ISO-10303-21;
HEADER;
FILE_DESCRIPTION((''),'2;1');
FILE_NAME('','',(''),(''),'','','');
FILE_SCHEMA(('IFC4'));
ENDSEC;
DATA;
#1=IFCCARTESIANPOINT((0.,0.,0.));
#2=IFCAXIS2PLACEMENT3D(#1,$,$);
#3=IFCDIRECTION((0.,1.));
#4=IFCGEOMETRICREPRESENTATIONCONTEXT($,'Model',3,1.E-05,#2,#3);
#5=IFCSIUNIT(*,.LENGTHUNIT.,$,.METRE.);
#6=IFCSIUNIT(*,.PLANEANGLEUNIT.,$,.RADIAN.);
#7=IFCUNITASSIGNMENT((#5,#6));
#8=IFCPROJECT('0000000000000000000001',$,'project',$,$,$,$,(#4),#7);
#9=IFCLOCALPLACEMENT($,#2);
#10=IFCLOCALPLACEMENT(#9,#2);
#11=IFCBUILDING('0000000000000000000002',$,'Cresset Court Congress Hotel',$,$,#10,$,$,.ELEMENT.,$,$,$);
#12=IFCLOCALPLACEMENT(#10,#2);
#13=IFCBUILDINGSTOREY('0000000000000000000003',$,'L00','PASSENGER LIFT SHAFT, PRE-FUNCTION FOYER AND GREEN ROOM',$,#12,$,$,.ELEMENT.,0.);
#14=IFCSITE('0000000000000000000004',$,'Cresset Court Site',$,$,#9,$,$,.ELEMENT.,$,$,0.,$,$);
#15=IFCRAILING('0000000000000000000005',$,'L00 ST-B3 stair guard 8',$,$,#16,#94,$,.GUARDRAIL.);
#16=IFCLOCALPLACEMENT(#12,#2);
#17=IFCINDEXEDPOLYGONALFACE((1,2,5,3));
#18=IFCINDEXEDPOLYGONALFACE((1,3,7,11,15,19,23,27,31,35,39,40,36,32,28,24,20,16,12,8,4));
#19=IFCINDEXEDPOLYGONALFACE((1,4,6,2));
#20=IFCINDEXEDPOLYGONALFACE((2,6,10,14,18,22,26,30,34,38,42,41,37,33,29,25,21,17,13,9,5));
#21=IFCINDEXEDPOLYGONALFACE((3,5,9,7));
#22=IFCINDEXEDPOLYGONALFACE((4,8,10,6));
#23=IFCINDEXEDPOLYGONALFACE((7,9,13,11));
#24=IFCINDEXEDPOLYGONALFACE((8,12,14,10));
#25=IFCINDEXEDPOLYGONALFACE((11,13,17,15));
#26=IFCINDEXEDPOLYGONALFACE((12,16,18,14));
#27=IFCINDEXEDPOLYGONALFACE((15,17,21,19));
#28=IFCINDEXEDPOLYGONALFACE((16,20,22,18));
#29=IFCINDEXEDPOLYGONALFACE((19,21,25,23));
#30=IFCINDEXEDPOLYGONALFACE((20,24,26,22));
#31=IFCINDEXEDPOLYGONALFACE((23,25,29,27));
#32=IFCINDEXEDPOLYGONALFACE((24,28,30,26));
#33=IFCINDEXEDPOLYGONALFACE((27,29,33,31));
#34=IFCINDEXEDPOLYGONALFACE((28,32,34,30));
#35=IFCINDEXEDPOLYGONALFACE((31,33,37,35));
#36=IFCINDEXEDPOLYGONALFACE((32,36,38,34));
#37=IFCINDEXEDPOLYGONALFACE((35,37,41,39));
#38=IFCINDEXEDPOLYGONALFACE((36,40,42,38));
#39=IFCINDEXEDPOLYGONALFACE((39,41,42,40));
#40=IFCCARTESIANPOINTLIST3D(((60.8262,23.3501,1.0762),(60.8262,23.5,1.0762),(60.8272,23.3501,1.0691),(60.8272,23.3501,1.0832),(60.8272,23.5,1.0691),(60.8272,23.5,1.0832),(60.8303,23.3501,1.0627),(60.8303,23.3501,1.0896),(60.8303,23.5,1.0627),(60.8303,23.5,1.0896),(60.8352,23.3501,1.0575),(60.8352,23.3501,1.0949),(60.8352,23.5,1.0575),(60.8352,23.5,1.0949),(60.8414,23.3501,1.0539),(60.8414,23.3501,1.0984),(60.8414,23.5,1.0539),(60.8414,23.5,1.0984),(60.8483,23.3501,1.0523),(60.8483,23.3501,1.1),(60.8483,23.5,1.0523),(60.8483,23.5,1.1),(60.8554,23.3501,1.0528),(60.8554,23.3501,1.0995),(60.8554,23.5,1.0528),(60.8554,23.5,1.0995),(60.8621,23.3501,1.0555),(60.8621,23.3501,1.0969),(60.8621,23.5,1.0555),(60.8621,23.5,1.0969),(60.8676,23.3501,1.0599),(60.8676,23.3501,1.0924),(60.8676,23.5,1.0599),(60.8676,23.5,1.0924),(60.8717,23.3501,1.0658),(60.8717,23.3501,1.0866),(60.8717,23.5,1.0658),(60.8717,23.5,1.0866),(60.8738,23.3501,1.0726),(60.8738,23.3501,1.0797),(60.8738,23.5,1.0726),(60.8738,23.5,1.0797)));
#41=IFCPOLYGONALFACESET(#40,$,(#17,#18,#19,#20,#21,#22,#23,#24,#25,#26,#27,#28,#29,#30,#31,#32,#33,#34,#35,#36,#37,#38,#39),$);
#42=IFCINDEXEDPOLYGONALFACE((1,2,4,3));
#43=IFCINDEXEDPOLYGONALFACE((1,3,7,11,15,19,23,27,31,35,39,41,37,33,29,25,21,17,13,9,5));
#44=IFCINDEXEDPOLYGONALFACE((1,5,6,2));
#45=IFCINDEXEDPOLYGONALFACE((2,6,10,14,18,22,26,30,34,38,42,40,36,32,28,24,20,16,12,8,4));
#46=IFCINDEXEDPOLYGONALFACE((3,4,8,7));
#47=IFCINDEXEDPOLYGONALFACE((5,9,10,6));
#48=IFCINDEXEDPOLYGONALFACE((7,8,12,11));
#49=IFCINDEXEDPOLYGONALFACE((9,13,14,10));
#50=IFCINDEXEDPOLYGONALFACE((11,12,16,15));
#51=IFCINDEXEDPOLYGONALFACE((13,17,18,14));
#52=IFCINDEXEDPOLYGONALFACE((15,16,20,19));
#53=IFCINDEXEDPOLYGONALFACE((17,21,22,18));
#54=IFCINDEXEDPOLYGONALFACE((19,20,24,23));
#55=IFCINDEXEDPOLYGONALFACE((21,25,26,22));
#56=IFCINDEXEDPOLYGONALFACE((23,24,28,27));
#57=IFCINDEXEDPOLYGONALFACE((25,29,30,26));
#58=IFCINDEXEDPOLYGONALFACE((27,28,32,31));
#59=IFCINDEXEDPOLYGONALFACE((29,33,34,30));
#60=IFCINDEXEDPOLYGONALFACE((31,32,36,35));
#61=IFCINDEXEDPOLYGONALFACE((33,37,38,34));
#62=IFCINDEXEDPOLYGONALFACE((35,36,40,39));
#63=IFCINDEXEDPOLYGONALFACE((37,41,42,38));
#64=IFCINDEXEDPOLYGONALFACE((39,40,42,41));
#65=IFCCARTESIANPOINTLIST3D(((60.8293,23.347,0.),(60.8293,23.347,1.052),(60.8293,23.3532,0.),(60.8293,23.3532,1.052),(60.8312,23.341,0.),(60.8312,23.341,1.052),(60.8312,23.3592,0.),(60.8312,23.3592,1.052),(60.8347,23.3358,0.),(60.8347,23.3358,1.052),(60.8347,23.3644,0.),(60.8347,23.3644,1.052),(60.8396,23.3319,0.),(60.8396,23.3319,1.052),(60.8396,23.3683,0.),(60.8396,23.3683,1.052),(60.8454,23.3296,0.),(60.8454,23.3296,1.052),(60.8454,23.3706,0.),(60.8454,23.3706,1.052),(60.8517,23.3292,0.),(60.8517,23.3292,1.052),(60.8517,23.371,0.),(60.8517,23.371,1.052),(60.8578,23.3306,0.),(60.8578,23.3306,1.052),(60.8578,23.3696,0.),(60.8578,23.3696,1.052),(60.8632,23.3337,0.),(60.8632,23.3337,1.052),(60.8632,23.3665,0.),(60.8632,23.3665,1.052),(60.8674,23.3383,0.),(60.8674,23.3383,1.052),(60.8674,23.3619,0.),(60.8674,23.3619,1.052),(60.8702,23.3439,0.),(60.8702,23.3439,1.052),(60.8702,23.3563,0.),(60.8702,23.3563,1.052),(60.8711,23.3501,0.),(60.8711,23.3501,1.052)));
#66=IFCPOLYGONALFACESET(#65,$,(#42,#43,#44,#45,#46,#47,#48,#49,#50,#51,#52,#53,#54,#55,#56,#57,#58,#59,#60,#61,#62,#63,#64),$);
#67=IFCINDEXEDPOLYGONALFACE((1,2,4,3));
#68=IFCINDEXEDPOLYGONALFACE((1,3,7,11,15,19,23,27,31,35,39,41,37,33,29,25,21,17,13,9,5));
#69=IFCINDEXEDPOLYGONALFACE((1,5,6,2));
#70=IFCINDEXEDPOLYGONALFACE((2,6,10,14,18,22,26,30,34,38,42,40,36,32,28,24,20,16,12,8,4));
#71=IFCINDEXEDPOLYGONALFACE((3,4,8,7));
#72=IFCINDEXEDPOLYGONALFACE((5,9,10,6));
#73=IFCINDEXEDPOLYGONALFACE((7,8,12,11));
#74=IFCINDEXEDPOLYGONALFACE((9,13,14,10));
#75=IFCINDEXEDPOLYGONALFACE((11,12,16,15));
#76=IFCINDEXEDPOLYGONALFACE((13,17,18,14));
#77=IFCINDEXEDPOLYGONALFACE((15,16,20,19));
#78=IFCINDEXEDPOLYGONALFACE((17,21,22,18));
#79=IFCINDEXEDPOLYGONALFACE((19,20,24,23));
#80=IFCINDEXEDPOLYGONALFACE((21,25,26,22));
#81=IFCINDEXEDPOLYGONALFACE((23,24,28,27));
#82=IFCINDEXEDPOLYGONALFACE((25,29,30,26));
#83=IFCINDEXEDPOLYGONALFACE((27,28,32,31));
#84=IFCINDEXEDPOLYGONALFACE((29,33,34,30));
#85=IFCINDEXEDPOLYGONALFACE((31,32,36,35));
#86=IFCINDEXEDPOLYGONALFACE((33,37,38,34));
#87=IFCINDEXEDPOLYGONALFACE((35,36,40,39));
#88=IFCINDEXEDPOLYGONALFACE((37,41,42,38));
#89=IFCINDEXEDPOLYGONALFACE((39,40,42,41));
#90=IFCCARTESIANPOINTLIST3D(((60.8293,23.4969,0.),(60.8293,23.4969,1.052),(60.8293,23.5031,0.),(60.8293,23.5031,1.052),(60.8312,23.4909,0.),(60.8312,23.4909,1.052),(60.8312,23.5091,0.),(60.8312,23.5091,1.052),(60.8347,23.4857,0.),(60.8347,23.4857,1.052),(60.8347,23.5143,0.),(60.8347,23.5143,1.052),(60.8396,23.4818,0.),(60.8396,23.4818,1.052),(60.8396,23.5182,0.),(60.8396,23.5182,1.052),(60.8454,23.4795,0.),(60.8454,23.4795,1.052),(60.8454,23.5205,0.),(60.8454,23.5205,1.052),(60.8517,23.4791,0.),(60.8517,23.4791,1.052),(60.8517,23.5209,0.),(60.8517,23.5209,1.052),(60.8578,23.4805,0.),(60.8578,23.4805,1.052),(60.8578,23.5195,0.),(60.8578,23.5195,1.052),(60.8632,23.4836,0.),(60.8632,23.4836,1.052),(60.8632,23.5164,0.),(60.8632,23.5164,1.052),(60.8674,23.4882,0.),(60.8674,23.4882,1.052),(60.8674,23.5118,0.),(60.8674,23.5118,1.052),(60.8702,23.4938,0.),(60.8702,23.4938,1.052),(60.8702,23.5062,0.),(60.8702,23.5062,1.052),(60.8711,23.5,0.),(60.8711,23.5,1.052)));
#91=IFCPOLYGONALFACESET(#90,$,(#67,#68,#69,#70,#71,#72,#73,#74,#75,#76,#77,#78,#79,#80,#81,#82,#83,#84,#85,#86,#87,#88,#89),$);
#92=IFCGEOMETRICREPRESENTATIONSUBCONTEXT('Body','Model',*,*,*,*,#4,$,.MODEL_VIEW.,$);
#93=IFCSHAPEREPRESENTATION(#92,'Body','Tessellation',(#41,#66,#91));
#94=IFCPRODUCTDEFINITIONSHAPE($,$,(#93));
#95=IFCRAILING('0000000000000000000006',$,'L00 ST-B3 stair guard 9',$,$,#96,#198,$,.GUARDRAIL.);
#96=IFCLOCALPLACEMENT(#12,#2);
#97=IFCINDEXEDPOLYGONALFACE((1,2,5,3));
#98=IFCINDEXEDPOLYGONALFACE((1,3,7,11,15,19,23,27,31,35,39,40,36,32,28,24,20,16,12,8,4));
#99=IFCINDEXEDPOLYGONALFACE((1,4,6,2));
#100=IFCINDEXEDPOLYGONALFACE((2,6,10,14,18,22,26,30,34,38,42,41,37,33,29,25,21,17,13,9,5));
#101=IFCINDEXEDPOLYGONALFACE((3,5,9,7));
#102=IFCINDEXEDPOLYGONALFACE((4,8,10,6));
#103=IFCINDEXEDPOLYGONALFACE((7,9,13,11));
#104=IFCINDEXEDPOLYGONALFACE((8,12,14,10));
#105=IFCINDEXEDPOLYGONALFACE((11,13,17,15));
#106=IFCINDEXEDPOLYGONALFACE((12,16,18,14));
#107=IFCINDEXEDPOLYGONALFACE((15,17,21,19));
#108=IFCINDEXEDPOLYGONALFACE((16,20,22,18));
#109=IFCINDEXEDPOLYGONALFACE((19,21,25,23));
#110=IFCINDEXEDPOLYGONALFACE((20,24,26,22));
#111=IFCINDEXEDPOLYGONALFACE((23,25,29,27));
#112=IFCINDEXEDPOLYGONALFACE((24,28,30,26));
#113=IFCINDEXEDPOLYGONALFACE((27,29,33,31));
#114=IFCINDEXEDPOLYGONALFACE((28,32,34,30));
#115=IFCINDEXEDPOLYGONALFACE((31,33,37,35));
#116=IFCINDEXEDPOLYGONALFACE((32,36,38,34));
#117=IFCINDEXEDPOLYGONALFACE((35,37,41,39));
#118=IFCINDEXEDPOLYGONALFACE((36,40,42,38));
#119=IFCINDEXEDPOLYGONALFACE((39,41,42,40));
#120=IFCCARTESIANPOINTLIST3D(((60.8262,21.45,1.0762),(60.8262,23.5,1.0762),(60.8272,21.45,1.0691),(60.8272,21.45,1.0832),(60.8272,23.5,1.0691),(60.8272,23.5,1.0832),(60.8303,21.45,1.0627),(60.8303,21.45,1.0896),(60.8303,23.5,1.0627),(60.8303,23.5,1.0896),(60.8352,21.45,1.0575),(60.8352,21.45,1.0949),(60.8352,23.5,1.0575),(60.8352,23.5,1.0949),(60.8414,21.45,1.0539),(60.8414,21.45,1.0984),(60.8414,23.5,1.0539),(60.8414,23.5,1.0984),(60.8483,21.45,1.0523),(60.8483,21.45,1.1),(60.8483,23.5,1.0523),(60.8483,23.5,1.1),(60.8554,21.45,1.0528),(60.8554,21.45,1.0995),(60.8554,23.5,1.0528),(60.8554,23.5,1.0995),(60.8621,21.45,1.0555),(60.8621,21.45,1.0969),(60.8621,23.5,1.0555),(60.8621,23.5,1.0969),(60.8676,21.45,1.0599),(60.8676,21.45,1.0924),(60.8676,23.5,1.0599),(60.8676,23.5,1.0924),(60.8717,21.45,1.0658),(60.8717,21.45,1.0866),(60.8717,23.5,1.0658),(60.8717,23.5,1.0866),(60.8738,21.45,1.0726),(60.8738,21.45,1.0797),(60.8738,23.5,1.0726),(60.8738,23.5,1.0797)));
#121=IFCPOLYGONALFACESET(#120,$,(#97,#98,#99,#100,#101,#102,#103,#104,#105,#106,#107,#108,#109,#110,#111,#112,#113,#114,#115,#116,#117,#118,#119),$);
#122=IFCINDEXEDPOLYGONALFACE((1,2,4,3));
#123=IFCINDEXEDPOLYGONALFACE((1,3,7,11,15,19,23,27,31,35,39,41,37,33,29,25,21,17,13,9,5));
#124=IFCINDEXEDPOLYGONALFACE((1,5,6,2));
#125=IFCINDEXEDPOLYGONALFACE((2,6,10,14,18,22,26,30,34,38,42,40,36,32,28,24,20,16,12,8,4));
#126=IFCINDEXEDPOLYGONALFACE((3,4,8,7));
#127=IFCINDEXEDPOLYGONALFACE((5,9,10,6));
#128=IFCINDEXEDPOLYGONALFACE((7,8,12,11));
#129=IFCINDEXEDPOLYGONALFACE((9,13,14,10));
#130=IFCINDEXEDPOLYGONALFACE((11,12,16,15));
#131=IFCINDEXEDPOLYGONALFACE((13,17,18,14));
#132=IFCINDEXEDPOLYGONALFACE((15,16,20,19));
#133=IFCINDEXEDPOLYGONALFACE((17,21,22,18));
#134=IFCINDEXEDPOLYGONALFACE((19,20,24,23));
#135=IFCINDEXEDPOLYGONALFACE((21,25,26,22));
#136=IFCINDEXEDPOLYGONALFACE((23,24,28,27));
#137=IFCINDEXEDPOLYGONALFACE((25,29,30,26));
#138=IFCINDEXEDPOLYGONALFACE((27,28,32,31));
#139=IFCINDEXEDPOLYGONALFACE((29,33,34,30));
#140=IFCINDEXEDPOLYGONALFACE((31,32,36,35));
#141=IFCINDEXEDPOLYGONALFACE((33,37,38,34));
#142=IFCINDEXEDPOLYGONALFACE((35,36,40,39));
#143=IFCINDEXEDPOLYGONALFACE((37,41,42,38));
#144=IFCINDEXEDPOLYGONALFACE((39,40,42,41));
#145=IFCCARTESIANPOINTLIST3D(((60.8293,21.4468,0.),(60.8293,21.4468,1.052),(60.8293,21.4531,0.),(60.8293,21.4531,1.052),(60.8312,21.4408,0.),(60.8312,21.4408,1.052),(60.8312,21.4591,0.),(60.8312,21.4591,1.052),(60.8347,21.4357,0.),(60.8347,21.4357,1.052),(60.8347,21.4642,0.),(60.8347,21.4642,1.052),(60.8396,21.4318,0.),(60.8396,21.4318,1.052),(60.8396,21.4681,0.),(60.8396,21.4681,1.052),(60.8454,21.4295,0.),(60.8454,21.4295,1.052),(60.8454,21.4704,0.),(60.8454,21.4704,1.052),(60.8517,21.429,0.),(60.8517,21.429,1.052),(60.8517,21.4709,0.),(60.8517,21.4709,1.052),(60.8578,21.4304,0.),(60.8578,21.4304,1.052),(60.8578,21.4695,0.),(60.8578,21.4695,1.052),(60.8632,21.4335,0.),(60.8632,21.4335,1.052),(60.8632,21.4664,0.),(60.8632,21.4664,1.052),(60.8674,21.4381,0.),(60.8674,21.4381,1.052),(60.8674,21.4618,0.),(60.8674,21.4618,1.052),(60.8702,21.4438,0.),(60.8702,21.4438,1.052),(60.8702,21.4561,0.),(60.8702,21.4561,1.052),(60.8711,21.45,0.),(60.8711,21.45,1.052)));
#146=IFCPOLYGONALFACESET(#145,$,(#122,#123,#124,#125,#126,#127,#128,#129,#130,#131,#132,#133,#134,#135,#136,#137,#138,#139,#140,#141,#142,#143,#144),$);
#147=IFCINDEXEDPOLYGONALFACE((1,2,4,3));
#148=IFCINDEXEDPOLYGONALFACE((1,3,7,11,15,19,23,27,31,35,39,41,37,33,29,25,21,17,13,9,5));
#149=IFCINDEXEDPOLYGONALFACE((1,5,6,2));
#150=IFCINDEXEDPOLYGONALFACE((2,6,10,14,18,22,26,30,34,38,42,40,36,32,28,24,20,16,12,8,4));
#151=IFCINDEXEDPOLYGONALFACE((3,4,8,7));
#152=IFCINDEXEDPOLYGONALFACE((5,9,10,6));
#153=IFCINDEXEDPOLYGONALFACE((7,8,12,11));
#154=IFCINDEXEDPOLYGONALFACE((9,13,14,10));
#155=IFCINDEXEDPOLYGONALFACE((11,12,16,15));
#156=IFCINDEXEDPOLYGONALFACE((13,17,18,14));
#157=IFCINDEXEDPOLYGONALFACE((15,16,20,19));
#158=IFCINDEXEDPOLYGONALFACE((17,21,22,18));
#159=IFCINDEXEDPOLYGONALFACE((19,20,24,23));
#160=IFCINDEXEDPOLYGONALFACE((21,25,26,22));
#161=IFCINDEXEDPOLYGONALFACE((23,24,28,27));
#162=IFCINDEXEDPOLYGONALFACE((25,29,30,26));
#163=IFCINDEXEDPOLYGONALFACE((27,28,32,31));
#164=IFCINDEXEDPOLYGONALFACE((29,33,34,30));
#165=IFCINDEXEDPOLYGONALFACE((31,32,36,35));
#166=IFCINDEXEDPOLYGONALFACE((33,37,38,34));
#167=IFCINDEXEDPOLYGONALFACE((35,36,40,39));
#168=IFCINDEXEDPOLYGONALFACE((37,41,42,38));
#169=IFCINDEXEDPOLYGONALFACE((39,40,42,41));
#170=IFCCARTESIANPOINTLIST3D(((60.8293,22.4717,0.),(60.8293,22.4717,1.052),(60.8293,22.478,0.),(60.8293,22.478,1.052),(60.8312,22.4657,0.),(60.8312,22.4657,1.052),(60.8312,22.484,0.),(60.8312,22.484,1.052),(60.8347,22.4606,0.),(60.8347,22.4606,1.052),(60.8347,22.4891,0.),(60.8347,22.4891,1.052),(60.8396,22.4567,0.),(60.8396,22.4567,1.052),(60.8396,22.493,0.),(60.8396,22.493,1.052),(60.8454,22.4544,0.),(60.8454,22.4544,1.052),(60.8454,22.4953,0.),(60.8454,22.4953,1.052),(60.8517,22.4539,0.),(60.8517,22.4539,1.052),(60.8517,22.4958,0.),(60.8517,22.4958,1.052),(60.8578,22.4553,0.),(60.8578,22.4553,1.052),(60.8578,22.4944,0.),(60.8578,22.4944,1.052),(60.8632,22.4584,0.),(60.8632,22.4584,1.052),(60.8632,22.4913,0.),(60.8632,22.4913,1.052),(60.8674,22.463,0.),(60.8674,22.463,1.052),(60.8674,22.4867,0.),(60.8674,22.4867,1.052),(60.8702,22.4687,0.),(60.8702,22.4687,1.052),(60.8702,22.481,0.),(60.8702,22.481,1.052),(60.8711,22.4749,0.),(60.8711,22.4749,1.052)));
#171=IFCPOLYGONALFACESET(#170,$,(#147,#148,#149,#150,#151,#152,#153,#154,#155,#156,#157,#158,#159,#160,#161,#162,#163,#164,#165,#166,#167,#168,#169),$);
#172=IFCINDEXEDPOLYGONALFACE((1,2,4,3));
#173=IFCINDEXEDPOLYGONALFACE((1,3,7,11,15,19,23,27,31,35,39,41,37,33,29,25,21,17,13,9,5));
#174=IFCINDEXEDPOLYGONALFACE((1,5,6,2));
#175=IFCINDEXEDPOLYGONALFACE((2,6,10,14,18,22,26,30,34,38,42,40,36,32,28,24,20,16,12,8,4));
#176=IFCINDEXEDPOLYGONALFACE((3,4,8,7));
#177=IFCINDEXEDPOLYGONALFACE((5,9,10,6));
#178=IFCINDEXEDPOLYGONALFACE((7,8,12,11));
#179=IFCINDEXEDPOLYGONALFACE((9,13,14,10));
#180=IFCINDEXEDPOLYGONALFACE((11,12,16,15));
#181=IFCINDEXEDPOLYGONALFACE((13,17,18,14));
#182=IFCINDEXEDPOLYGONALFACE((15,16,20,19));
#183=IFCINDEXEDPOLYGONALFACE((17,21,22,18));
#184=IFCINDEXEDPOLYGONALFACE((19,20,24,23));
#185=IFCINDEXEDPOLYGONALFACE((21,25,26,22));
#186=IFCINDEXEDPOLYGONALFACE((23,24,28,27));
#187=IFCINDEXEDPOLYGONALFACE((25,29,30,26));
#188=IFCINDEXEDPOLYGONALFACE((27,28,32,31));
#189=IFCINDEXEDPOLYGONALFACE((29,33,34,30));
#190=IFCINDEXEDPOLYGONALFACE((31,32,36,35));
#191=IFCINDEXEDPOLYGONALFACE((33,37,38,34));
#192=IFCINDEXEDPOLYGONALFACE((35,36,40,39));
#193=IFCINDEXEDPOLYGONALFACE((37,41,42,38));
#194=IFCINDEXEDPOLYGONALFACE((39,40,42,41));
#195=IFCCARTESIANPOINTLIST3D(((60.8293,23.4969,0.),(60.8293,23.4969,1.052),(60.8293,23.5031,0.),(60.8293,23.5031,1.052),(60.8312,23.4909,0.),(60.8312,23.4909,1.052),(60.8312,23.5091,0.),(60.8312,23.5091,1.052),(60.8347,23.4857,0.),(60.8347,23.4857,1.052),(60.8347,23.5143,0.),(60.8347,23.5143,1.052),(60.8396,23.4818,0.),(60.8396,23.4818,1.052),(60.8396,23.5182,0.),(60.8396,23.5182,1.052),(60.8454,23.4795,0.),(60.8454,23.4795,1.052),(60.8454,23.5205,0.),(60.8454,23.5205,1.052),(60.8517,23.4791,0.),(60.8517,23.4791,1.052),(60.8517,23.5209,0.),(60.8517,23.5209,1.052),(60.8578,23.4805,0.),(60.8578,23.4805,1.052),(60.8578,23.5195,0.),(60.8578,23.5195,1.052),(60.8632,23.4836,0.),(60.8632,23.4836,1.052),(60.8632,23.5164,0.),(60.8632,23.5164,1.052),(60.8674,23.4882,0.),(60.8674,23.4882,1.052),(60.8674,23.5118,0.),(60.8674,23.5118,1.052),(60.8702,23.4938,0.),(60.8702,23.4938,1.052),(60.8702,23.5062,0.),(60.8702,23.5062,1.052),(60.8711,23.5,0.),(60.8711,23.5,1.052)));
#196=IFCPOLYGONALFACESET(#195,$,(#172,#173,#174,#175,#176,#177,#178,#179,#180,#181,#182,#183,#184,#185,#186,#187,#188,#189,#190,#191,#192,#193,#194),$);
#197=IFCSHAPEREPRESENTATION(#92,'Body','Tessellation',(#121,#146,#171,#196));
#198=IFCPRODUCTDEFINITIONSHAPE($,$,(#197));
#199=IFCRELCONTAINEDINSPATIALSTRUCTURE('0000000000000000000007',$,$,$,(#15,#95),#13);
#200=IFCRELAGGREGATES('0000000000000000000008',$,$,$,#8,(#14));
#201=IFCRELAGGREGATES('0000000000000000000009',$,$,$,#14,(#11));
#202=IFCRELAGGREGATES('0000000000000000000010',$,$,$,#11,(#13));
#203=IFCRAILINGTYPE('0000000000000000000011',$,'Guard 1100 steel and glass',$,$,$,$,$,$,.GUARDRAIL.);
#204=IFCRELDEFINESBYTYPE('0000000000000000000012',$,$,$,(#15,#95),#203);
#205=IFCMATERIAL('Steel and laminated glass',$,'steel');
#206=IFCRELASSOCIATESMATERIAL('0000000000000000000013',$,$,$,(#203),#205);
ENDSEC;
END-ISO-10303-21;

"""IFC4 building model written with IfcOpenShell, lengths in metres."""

from ifc_helpers import new_model, si_unit, direction, frame, origin, origin_2d, place, context, subcontext, project, spatial, circle, extrude, material, type_object, element, save


model = new_model("IFC4")

# Units and contexts
model_context = context("Model", 3, precision=1e-05, world=origin(), true_north=direction((0.0, 1.0)))
body_context = subcontext(model_context, "Body", "Model", "MODEL_VIEW")
ifc_project = project(units=[si_unit("LENGTHUNIT", "METRE"), si_unit("PLANEANGLEUNIT", "RADIAN")], contexts=[model_context])

# Site, building, storey
site_placement = place(None, origin())
site = spatial("IfcSite", under=ifc_project, at=site_placement, Name="Cresset Court Site", CompositionType="ELEMENT", RefElevation=0.0)
building_placement = place(site_placement, origin())
building = spatial("IfcBuilding", under=site, at=building_placement, Name="Cresset Court Congress Hotel", CompositionType="ELEMENT")
storey_placement = place(building_placement, origin())
storey = spatial("IfcBuildingStorey", under=building, at=storey_placement, Name="L00", Description="PASSENGER LIFT SHAFT, PRE-FUNCTION FOYER AND GREEN ROOM", CompositionType="ELEMENT", Elevation=0.0)

# Railings
ifc_material_1 = material(Name="Steel and laminated glass", Category="steel")
railing_type_1 = type_object("IfcRailingType", Name="Guard 1100 steel and glass", PredefinedType="GUARDRAIL", material=ifc_material_1)
railing_1_placement = place(storey_placement, frame((60.8501, 23.3501, 0.0)))
element("IfcRailing", 1, at=railing_1_placement, inside=storey, type_object=railing_type_1, Name="L00 ST-B3 stair guard 8", PredefinedType="GUARDRAIL", context=body_context, shape_type="SweptSolid", body=[
    extrude(circle(Radius=0.0239, at=origin_2d()), frame((0.0, 0.0, 1.0762), z_axis=(0.0, 1.0, 0.0), x_axis=(-1.0, 0.0, 0.0)), (0.0, 0.0, 1.0), 0.1499),
    extrude(circle(Radius=0.021, at=origin_2d()), origin(), (0.0, 0.0, 1.0), 1.052),
    extrude(circle(Radius=0.021, at=origin_2d()), frame((0.0, 0.1499, 0.0)), (0.0, 0.0, 1.0), 1.052),
])
railing_2_placement = place(storey_placement, frame((60.8501, 21.45, 0.0)))
element("IfcRailing", 2, at=railing_2_placement, inside=storey, type_object=railing_type_1, Name="L00 ST-B3 stair guard 9", PredefinedType="GUARDRAIL", context=body_context, shape_type="SweptSolid", body=[
    extrude(circle(Radius=0.0239, at=origin_2d()), frame((0.0, 0.0, 1.0762), z_axis=(0.0, 1.0, 0.0), x_axis=(-1.0, 0.0, 0.0)), (0.0, 0.0, 1.0), 2.05),
    extrude(circle(Radius=0.021, at=origin_2d()), origin(), (0.0, 0.0, 1.0), 1.052),
    extrude(circle(Radius=0.021, at=origin_2d()), frame((0.0, 1.0249, 0.0)), (0.0, 0.0, 1.0), 1.052),
    extrude(circle(Radius=0.021, at=origin_2d()), frame((0.0, 2.05, 0.0)), (0.0, 0.0, 1.0), 1.052),
])

save(model, "model.ifc")
